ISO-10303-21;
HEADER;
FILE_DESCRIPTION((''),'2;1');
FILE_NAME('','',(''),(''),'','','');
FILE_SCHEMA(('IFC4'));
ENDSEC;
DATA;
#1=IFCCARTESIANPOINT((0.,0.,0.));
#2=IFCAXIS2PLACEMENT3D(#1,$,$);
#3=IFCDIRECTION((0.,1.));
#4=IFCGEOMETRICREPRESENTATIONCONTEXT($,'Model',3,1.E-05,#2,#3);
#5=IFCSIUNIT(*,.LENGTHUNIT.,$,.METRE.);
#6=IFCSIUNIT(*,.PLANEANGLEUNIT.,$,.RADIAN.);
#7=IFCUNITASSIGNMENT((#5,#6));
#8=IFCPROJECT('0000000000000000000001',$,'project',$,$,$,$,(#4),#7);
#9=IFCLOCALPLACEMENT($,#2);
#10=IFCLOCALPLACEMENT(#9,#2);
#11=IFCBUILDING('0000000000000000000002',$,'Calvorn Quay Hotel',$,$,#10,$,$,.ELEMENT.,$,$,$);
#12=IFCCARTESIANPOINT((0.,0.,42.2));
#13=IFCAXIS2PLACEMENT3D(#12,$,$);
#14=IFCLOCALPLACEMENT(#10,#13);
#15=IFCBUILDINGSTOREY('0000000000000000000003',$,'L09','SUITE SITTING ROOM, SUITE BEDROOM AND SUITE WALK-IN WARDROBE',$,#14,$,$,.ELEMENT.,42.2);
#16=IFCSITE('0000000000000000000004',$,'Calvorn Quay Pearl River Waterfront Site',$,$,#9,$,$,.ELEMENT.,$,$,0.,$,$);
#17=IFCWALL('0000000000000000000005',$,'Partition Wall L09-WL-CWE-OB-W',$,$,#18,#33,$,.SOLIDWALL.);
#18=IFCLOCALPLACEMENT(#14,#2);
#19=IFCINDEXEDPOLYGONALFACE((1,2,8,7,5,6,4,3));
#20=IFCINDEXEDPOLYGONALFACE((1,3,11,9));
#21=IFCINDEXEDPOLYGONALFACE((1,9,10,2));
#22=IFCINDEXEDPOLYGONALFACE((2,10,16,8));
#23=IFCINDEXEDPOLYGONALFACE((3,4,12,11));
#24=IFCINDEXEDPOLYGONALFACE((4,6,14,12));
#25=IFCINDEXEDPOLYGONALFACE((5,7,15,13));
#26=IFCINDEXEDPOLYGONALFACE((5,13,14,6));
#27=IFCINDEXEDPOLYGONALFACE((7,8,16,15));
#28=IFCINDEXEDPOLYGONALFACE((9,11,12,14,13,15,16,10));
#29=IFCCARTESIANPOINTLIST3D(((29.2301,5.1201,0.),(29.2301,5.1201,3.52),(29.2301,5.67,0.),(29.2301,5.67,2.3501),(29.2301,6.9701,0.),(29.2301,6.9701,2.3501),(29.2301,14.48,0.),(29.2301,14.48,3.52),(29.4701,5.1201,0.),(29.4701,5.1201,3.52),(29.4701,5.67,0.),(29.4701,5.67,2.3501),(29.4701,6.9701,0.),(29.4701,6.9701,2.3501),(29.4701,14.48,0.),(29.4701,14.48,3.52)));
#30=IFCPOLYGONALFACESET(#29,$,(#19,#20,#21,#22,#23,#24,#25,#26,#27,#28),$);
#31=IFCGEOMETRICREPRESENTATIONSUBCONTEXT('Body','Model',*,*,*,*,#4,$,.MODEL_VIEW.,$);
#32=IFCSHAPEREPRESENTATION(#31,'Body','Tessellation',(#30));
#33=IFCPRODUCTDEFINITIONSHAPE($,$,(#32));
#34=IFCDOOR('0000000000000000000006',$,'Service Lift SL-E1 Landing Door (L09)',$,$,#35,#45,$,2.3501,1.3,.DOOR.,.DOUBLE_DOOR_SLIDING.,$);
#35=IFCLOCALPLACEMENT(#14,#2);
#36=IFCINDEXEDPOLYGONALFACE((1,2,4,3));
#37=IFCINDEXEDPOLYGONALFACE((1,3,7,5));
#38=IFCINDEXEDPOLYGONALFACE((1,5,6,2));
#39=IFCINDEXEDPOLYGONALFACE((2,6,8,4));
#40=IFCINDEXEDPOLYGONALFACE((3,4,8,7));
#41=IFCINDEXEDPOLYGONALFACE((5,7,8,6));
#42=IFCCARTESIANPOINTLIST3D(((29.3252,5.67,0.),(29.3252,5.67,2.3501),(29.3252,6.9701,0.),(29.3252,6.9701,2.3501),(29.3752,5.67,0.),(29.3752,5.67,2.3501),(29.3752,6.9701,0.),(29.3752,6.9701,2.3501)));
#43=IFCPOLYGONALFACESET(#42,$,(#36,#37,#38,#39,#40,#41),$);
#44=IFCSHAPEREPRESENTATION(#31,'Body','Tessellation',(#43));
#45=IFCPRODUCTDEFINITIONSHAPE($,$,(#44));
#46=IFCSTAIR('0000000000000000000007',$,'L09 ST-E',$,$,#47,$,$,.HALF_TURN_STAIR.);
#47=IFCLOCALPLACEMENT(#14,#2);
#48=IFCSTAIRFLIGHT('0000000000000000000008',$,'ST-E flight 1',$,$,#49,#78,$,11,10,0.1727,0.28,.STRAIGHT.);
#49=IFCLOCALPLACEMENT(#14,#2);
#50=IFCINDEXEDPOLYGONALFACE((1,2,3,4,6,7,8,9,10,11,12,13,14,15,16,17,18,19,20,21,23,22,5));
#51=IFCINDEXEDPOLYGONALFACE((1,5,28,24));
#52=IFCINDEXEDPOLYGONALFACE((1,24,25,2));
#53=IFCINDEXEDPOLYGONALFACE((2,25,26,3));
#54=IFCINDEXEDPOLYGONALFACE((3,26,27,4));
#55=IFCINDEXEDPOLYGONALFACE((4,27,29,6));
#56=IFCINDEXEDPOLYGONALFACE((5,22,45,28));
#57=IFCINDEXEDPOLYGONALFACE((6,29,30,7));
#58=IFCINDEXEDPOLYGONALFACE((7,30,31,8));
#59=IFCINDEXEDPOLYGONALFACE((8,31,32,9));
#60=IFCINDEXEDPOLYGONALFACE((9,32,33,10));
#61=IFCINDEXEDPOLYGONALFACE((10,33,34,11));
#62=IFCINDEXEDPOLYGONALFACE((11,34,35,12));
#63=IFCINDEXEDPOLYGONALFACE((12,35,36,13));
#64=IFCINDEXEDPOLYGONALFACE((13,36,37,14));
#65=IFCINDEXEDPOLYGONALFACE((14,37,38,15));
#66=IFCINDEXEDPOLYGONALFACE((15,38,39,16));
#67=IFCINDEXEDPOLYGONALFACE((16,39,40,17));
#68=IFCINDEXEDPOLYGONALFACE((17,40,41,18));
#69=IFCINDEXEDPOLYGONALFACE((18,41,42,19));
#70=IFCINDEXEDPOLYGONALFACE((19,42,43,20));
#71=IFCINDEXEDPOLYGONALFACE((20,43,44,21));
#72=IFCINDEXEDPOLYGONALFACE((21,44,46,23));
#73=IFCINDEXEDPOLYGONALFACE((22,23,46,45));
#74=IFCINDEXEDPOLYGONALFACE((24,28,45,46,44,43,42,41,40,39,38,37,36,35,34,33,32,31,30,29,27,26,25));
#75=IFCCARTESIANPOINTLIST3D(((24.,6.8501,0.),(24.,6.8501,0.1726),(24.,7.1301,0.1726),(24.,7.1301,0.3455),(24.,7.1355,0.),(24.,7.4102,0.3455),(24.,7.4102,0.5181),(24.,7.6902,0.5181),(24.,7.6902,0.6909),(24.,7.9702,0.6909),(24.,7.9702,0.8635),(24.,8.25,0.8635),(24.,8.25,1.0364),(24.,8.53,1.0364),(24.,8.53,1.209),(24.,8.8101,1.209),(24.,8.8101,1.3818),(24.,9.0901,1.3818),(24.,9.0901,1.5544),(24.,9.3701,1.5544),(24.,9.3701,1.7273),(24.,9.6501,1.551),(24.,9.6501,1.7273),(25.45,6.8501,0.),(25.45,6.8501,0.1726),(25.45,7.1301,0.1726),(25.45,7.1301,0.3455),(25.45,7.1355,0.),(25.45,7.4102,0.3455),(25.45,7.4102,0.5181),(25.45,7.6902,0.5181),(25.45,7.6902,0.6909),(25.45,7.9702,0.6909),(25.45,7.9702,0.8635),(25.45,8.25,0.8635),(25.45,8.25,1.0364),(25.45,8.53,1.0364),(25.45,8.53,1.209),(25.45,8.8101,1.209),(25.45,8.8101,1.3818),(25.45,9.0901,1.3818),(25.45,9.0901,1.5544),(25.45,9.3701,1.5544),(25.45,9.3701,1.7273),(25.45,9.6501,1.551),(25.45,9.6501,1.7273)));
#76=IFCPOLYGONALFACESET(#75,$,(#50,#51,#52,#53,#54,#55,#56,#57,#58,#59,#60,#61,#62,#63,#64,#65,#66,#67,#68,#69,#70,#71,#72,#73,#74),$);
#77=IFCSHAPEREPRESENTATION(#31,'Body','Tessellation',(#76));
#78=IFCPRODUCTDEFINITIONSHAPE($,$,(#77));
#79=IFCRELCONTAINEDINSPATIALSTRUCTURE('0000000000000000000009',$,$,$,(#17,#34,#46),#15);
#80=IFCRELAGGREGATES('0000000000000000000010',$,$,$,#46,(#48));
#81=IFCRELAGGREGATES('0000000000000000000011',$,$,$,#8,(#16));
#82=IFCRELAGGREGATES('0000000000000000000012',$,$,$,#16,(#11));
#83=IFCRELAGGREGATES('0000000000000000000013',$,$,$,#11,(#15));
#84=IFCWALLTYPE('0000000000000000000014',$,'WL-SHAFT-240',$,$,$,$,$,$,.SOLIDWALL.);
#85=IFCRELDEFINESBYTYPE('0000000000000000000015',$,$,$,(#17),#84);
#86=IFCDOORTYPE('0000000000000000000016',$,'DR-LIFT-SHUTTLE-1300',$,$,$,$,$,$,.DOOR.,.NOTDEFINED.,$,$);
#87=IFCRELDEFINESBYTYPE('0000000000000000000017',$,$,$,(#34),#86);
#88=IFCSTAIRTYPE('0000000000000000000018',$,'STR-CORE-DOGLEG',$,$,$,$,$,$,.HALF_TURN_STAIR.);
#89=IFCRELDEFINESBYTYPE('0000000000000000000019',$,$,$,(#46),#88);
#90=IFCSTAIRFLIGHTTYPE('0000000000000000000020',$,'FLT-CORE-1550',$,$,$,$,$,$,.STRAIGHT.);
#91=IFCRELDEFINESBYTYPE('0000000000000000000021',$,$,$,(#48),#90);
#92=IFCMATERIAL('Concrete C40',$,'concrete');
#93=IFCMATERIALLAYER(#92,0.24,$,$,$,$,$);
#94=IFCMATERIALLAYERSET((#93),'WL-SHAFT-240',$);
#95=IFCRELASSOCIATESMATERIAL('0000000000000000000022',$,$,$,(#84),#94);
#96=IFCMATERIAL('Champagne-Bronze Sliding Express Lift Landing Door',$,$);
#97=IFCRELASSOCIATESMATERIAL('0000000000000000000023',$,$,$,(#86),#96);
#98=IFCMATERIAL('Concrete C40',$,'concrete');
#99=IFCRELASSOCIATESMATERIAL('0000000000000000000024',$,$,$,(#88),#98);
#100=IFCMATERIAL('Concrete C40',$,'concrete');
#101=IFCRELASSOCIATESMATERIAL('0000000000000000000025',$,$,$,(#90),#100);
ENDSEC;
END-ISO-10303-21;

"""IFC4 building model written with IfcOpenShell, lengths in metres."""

from ifc_helpers import new_model, si_unit, direction, frame, frame_2d, origin, place, context, subcontext, project, spatial, polyline, rectangle, outline, extrude, material, layer, layer_set, type_object, element, fill, aggregate, save


model = new_model("IFC4")

# Units and contexts
model_context = context("Model", 3, precision=1e-05, world=origin(), true_north=direction((0.0, 1.0)))
body_context = subcontext(model_context, "Body", "Model", "MODEL_VIEW")
ifc_project = project(units=[si_unit("LENGTHUNIT", "METRE"), si_unit("PLANEANGLEUNIT", "RADIAN")], contexts=[model_context])

# Site, building, storey
site_placement = place(None, origin())
site = spatial("IfcSite", under=ifc_project, at=site_placement, Name="Calvorn Quay Pearl River Waterfront Site", CompositionType="ELEMENT", RefElevation=0.0)
building_placement = place(site_placement, origin())
building = spatial("IfcBuilding", under=site, at=building_placement, Name="Calvorn Quay Hotel", CompositionType="ELEMENT")
storey_placement = place(building_placement, frame((0.0, 0.0, 42.2)))
storey = spatial("IfcBuildingStorey", under=building, at=storey_placement, Name="L09", Description="SUITE SITTING ROOM, SUITE BEDROOM AND SUITE WALK-IN WARDROBE", CompositionType="ELEMENT", Elevation=42.2)

# Shared definitions
ifc_material_1 = material(Name="Concrete C40", Category="concrete")
ifc_layer_1 = layer(ifc_material_1, 0.24)
ifc_layer_set_1 = layer_set([ifc_layer_1], Name="WL-SHAFT-240")
wall_type_1 = type_object("IfcWallType", Name="WL-SHAFT-240", PredefinedType="SOLIDWALL", material=ifc_layer_set_1)

# Shared definitions
ifc_material_2 = material(Name="Champagne-Bronze Sliding Express Lift Landing Door")
door_type_1 = type_object("IfcDoorType", Name="DR-LIFT-SHUTTLE-1300", OperationType="NOTDEFINED", PredefinedType="DOOR", material=ifc_material_2)

# Wall, opening, door
wall_1_placement = place(storey_placement, frame((29.3501, 5.1201, 0.0), z_axis=(0.0, 0.0, 1.0), x_axis=(0.0, 1.0, 0.0)))
wall_1 = element("IfcWall", 1, at=wall_1_placement, inside=storey, type_object=wall_type_1, Name="Partition Wall L09-WL-CWE-OB-W", PredefinedType="SOLIDWALL", context=body_context, shape_type="SweptSolid", body=[
    extrude(rectangle(XDim=9.3599, YDim=0.24, at=frame_2d((4.6799, 0.0))), origin(), (0.0, 0.0, 1.0), 3.52),
])
opening_1_placement = place(wall_1_placement, frame((0.55, 0.0, 0.0)))
opening_1 = element("IfcOpeningElement", 2, at=opening_1_placement, cuts=wall_1, PredefinedType="OPENING", context=body_context, shape_type="SweptSolid", body=[
    extrude(rectangle(XDim=1.3, YDim=2.3501, at=frame_2d((0.6499, 1.175))), frame((0.0, 0.1299, 0.0), z_axis=(0.0, -1.0, 0.0), x_axis=(1.0, 0.0, 0.0)), (0.0, 0.0, 1.0), 0.26),
])
door_1_placement = place(opening_1_placement, origin())
door_1 = element("IfcDoor", 3, at=door_1_placement, inside=storey, type_object=door_type_1, Name="Service Lift SL-E1 Landing Door (L09)", OperationType="DOUBLE_DOOR_SLIDING", OverallHeight=2.3501, OverallWidth=1.3, PredefinedType="DOOR", context=body_context, shape_type="SweptSolid", body=[
    extrude(rectangle(XDim=1.3, YDim=2.3501, at=frame_2d((0.6499, 1.175))), frame((0.0, 0.0249, 0.0), z_axis=(0.0, -1.0, 0.0), x_axis=(1.0, 0.0, 0.0)), (0.0, 0.0, 1.0), 0.05),
])
fill(opening_1, door_1)

# Stair, stair flight
ifc_material_3 = material(Name="Concrete C40", Category="concrete")
stair_type = type_object("IfcStairType", Name="STR-CORE-DOGLEG", PredefinedType="HALF_TURN_STAIR", material=ifc_material_3)
stair_placement = place(storey_placement, origin())
stair = element("IfcStair", 4, at=stair_placement, inside=storey, type_object=stair_type, Name="L09 ST-E", PredefinedType="HALF_TURN_STAIR")
ifc_material_4 = material(Name="Concrete C40", Category="concrete")
stair_flight_type = type_object("IfcStairFlightType", Name="FLT-CORE-1550", PredefinedType="STRAIGHT", material=ifc_material_4)
stair_flight_placement = place(storey_placement, frame((24.7251, 6.8501, 0.0), z_axis=(0.0, 0.0, 1.0), x_axis=(0.0, 1.0, 0.0)))
stair_flight = element("IfcStairFlight", 5, at=stair_flight_placement, type_object=stair_flight_type, Name="ST-E flight 1", NumberOfRisers=11, NumberOfTreads=10, PredefinedType="STRAIGHT", RiserHeight=0.1727, TreadLength=0.28, context=body_context, shape_type="SweptSolid", body=[
    extrude(outline(polyline([(0.0, 0.0), (0.0, 0.1726), (0.28, 0.1726), (0.28, 0.3455), (0.5601, 0.3455), (0.5601, 0.5181), (0.8401, 0.5181), (0.8401, 0.6909), (1.1201, 0.6909), (1.1201, 0.8635), (1.3999, 0.8635), (1.3999, 1.0364), (1.6799, 1.0364), (1.6799, 1.209), (1.96, 1.209), (1.96, 1.3818), (2.24, 1.3818), (2.24, 1.5544), (2.52, 1.5544), (2.52, 1.7273), (2.8, 1.7273), (2.8, 1.8999), (2.8, 1.551), (0.2854, 0.0), (0.0, 0.0)])), frame((0.0, 0.7251, 0.0), z_axis=(0.0, -1.0, 0.0), x_axis=(1.0, 0.0, 0.0)), (0.0, 0.0, 1.0), 1.45),
])
aggregate(stair, [stair_flight])

save(model, "model.ifc")
